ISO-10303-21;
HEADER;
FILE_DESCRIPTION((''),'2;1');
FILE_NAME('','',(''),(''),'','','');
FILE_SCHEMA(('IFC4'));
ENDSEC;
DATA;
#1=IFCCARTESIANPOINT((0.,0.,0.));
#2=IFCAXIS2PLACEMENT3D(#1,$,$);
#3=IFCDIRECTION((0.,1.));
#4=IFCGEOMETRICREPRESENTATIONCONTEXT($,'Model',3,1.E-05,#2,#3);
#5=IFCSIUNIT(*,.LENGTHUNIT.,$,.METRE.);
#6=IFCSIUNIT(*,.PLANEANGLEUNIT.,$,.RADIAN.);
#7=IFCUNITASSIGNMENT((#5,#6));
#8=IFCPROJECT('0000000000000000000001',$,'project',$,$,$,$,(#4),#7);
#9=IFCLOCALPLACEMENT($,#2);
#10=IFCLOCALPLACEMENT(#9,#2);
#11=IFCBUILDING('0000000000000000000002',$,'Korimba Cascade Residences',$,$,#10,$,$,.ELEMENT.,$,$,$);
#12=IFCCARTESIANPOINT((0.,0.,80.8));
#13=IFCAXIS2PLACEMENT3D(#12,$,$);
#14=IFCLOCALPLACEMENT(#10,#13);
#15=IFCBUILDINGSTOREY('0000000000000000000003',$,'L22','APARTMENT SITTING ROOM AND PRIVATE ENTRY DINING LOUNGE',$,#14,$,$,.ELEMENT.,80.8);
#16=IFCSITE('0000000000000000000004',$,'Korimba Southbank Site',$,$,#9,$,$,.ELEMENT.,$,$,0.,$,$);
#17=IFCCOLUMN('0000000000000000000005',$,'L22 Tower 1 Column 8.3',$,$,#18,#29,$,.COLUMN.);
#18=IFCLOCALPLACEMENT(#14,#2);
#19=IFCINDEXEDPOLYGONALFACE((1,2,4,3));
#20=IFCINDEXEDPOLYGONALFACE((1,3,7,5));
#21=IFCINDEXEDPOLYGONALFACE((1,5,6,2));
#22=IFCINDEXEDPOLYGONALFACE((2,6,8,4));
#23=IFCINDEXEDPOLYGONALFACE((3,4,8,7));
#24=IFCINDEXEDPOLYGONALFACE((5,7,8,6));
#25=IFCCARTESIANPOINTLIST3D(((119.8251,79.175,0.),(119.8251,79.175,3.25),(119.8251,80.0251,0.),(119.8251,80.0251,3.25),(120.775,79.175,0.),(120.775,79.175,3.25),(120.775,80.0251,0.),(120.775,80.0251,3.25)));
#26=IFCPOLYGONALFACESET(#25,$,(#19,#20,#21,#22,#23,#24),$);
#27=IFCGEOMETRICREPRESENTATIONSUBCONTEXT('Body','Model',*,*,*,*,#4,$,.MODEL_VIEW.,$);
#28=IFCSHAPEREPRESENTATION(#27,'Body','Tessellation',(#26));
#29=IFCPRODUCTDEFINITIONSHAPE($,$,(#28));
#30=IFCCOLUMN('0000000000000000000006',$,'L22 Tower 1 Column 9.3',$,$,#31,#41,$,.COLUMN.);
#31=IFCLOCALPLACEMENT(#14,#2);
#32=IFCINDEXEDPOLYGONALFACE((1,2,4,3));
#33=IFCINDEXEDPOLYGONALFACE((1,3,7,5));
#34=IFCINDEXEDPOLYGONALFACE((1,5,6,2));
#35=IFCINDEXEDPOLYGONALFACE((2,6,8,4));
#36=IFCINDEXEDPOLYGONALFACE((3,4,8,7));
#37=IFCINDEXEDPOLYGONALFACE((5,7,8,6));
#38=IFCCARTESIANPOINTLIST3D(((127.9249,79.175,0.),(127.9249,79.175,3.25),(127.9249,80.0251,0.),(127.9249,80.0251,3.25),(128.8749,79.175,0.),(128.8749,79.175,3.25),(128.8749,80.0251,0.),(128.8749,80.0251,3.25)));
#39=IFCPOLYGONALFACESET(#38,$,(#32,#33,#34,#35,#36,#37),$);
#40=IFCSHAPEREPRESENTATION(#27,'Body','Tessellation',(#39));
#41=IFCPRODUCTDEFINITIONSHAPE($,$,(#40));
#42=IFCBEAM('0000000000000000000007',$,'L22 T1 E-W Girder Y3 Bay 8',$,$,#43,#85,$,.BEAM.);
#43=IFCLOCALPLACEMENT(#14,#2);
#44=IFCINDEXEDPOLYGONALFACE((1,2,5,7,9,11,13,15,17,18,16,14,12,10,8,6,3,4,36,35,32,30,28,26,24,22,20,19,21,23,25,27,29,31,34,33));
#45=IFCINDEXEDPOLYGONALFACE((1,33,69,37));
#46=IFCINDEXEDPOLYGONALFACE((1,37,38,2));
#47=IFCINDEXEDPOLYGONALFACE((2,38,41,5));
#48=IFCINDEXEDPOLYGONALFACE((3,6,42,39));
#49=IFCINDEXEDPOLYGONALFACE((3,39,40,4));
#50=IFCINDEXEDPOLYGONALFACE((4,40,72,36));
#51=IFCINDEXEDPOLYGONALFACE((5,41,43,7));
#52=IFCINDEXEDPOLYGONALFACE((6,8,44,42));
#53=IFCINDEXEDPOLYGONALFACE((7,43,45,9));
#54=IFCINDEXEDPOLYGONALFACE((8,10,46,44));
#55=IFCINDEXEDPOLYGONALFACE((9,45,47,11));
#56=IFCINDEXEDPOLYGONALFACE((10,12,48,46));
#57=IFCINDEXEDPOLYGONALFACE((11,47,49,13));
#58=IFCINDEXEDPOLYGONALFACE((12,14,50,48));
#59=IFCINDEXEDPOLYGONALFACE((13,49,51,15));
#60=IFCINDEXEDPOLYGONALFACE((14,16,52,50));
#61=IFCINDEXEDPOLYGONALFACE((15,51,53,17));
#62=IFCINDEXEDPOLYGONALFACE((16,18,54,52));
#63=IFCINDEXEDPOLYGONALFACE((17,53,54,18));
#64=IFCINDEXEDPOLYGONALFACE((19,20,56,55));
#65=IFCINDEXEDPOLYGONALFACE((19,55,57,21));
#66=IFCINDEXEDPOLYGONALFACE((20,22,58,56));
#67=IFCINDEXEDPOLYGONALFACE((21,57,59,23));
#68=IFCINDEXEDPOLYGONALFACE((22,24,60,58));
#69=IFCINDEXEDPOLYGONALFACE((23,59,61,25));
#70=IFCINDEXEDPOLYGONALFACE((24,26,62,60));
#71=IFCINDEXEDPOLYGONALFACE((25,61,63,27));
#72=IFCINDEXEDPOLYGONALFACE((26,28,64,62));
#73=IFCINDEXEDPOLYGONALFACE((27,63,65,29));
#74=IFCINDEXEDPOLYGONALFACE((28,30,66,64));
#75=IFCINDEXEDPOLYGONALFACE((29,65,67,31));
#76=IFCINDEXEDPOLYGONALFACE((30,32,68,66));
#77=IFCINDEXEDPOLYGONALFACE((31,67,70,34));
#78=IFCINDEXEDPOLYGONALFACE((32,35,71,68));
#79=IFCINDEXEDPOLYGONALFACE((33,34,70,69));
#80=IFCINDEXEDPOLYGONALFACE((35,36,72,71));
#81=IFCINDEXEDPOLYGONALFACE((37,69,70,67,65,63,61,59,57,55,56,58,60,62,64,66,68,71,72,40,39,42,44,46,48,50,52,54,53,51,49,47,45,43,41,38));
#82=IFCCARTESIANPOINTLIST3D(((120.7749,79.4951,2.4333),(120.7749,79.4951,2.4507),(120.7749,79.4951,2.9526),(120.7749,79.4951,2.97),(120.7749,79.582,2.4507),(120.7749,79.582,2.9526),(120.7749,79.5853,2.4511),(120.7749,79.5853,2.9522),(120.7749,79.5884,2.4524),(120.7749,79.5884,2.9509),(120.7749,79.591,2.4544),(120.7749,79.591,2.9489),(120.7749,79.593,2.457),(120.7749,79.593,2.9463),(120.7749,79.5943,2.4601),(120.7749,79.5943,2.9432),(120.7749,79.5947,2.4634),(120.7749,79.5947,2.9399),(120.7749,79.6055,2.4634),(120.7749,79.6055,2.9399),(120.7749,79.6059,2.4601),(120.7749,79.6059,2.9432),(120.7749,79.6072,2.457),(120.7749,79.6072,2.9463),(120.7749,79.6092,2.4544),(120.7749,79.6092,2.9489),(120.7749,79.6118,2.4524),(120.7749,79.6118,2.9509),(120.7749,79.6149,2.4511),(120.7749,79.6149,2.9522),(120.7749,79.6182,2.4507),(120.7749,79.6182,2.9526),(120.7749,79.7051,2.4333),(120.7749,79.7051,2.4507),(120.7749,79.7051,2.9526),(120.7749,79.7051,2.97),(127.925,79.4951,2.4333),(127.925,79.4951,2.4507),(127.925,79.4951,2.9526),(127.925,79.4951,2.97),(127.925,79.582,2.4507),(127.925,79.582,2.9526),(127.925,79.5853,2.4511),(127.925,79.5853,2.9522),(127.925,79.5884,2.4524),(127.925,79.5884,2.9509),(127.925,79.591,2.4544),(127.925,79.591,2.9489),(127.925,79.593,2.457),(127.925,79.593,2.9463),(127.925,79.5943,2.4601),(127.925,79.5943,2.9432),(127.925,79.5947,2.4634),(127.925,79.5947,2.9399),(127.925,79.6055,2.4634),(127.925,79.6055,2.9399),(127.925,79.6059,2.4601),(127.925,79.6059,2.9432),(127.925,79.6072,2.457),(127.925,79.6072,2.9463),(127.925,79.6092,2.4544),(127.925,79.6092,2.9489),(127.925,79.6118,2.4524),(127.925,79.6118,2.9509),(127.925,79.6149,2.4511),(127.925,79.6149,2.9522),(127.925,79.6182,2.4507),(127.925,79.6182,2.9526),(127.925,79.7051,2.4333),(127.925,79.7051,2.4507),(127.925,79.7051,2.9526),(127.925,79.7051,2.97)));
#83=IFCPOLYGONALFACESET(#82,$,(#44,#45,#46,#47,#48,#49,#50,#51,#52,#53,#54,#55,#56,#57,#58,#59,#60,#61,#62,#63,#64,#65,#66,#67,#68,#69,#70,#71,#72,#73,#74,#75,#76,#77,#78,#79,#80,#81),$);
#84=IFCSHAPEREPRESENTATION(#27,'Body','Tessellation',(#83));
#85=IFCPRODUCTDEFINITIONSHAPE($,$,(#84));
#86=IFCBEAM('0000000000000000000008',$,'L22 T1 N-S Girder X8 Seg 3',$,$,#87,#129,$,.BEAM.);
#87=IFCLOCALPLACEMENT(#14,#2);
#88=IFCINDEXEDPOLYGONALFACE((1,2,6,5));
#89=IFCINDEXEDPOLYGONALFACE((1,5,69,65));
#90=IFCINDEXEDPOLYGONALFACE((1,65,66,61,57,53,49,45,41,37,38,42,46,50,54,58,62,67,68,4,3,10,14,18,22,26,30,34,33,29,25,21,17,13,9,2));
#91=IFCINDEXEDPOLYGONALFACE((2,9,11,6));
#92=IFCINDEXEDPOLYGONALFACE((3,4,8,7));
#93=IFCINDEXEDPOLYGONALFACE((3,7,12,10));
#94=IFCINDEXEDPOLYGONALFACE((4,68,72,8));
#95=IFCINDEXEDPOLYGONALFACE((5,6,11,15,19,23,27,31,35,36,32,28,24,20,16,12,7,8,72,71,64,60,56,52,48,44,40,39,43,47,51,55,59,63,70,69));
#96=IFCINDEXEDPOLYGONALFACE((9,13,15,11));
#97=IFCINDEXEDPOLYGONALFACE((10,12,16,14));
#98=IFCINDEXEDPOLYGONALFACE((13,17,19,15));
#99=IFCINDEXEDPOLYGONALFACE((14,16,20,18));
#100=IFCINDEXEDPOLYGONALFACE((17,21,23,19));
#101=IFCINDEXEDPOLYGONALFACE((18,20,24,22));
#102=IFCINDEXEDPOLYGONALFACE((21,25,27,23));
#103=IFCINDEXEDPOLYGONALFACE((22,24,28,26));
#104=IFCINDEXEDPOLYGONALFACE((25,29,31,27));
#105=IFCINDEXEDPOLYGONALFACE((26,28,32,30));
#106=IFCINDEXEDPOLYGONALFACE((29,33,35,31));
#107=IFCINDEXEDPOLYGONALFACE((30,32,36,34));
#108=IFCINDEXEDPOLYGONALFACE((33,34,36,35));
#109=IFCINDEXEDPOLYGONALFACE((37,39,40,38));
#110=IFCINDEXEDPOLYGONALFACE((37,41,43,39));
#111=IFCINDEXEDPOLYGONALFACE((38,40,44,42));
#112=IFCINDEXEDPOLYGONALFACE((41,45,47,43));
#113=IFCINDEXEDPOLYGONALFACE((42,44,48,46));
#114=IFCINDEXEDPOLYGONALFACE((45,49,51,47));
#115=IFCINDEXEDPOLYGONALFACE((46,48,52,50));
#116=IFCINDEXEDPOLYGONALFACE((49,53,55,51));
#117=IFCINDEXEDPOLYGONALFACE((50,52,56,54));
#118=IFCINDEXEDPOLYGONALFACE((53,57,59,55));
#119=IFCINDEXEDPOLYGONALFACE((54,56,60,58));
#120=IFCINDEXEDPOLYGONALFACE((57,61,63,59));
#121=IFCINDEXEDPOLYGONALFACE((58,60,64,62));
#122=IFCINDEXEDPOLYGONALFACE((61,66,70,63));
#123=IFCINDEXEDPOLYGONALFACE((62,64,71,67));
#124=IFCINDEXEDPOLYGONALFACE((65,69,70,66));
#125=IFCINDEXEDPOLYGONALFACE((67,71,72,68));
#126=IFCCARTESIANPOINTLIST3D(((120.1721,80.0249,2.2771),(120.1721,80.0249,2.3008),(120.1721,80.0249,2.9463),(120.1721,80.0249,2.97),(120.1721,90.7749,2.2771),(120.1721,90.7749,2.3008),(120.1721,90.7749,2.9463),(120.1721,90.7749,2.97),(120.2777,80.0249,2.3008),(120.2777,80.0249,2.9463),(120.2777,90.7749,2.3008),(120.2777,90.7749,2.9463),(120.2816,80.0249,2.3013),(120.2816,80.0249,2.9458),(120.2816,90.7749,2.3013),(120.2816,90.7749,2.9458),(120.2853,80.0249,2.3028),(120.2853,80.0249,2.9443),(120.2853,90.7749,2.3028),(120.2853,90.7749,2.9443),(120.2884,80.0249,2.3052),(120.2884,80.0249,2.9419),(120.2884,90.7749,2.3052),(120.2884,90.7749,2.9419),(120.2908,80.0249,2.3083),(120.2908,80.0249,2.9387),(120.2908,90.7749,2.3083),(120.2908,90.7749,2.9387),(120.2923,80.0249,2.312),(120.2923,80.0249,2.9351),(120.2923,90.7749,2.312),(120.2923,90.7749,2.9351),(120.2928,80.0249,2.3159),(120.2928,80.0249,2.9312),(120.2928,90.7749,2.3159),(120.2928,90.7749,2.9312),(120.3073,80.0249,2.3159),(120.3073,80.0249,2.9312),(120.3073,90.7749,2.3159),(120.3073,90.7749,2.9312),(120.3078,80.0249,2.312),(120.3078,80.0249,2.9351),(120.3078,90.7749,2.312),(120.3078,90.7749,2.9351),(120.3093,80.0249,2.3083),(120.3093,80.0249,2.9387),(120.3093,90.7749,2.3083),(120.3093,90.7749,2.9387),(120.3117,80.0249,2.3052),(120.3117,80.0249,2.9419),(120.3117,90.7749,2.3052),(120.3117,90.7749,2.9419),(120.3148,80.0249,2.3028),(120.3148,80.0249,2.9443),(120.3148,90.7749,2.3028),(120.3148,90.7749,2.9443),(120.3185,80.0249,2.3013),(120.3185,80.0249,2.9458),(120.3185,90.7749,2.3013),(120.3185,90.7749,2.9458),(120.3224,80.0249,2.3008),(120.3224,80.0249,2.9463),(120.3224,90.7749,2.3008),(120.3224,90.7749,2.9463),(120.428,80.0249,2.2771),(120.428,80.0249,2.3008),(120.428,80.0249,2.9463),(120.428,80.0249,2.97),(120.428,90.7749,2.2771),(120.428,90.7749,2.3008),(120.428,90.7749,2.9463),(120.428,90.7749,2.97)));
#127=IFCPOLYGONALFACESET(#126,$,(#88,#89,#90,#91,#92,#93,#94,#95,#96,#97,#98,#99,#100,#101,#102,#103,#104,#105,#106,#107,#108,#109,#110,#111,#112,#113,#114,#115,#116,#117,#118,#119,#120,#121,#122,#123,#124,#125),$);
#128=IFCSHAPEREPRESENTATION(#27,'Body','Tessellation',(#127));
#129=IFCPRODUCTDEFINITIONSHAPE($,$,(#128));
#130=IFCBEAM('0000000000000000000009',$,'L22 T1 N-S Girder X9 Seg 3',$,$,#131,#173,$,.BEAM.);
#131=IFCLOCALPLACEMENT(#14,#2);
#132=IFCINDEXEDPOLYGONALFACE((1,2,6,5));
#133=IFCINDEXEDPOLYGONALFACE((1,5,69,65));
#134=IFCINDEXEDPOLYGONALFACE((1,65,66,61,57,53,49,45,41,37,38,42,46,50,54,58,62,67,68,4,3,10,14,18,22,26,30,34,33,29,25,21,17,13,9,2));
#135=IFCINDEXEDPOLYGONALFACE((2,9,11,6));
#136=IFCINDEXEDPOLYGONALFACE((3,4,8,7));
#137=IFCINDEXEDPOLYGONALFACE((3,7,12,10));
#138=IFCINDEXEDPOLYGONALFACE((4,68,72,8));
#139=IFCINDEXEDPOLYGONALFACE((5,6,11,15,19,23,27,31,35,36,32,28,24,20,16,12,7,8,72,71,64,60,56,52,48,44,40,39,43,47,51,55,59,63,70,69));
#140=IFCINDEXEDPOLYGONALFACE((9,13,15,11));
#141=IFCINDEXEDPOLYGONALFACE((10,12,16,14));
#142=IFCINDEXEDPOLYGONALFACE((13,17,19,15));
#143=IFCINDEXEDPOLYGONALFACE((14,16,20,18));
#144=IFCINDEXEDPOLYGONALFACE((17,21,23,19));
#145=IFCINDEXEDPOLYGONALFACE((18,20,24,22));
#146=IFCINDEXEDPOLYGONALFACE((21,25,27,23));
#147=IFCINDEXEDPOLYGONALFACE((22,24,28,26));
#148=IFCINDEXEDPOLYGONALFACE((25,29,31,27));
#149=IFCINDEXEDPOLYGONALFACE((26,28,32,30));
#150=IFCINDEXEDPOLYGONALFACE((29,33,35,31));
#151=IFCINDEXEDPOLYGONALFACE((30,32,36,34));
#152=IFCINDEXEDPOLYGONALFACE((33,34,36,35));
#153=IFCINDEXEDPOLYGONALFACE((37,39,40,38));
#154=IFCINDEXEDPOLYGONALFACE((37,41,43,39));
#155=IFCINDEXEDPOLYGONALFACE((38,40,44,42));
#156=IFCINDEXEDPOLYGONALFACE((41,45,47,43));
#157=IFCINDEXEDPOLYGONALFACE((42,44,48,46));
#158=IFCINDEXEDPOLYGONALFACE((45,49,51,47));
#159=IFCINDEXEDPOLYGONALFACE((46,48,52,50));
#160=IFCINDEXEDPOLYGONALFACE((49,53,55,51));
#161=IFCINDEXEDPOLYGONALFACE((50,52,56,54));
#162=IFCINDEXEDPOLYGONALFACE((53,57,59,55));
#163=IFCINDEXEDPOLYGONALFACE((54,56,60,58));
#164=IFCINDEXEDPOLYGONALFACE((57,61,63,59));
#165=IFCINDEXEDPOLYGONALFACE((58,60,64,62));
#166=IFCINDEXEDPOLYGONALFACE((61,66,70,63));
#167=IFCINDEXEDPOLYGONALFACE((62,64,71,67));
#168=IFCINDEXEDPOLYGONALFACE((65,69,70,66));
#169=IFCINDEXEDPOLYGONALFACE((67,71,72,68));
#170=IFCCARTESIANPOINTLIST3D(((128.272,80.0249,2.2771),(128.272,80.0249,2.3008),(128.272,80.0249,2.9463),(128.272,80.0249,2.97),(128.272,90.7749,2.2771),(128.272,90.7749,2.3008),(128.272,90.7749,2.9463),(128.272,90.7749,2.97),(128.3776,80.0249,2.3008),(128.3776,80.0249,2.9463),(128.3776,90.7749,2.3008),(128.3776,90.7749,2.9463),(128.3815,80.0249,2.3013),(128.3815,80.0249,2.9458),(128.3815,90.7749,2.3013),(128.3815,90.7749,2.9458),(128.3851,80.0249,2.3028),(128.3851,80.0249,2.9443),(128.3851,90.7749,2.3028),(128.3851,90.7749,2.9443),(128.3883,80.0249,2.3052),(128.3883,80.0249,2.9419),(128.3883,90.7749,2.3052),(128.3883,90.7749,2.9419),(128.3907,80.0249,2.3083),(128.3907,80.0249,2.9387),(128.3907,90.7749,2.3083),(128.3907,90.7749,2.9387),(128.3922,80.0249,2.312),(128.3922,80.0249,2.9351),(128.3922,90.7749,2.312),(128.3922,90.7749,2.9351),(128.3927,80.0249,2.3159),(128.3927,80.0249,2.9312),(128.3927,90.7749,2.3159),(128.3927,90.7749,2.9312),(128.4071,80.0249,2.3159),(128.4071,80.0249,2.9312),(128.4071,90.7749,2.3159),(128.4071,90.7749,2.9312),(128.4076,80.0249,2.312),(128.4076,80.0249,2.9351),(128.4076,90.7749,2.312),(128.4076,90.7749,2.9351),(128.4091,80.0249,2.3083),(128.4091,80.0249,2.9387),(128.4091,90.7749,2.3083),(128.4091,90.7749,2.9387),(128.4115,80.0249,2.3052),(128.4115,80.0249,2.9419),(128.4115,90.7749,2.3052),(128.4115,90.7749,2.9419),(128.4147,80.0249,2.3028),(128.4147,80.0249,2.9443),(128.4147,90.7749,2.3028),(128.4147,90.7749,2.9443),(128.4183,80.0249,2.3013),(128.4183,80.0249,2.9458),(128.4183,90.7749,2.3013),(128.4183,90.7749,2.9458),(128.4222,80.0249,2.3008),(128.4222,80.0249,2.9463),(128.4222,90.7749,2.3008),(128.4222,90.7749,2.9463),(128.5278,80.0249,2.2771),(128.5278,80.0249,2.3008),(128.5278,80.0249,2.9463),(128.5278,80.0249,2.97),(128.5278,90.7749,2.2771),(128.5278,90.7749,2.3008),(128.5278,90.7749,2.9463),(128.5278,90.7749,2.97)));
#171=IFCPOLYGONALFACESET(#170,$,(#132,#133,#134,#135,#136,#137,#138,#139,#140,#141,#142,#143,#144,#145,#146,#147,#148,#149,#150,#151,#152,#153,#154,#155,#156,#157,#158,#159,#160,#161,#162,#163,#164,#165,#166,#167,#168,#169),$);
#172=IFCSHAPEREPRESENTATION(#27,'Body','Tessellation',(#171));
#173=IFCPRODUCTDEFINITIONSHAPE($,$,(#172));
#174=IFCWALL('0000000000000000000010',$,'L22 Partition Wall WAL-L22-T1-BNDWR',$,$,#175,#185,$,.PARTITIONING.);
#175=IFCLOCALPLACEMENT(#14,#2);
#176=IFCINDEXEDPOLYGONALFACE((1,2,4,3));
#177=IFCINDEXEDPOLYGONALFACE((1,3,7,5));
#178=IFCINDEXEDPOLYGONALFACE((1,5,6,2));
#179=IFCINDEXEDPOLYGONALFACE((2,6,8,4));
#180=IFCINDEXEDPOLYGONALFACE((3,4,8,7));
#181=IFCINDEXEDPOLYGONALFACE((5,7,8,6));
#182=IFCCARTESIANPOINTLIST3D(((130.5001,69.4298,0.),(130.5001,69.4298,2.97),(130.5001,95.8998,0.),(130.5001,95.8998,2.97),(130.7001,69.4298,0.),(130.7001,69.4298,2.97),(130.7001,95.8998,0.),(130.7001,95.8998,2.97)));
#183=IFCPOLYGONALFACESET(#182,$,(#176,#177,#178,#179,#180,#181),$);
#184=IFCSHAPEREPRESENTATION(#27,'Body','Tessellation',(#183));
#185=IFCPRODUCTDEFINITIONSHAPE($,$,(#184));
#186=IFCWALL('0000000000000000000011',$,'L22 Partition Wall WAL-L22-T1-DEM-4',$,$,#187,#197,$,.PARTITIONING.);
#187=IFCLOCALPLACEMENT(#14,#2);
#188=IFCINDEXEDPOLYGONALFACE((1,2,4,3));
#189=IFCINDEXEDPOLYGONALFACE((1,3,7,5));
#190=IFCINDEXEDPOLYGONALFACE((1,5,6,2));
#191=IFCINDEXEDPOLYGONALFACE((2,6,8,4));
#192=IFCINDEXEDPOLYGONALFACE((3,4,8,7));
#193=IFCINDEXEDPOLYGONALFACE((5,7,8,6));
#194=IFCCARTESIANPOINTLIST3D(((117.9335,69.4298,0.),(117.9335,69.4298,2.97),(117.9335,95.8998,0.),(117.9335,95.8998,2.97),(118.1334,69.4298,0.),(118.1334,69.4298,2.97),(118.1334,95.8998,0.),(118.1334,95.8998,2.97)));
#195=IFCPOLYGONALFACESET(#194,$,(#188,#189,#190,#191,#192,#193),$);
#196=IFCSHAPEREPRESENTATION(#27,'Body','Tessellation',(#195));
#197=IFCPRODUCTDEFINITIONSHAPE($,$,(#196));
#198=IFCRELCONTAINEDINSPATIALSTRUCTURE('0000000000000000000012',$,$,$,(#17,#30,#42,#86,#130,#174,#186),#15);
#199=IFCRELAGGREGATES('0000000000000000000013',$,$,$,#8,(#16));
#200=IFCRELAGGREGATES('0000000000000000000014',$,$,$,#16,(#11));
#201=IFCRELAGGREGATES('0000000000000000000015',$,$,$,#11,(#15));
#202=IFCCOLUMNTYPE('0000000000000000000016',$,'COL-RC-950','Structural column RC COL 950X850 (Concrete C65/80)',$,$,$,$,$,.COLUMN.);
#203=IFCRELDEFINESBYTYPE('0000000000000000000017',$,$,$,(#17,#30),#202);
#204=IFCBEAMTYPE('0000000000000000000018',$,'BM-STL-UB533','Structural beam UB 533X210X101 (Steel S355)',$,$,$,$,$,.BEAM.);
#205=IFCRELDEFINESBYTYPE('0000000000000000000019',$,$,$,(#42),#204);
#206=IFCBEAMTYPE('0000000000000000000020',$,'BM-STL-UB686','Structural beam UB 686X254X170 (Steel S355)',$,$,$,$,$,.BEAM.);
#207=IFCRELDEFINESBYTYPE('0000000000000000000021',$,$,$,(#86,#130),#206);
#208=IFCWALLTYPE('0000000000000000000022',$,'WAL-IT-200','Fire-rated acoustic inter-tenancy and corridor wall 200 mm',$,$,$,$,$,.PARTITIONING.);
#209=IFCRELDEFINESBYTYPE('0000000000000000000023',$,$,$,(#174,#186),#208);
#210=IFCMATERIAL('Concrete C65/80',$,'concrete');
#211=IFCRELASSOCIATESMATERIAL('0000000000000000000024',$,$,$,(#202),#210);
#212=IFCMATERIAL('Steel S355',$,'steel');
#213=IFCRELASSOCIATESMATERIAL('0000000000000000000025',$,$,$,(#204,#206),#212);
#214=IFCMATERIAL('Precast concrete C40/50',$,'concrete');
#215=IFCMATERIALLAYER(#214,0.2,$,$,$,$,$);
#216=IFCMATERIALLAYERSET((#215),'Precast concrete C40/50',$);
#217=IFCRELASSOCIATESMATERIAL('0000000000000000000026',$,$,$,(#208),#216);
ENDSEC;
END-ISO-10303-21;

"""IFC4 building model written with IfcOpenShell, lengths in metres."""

from ifc_helpers import new_model, si_unit, direction, frame, frame_2d, origin, origin_2d, place, context, subcontext, project, spatial, rectangle, i_section, extrude, material, layer, layer_set, material_profile, profile_set, type_object, element, save


model = new_model("IFC4")

# Units and contexts
model_context = context("Model", 3, precision=1e-05, world=origin(), true_north=direction((0.0, 1.0)))
body_context = subcontext(model_context, "Body", "Model", "MODEL_VIEW")
ifc_project = project(units=[si_unit("LENGTHUNIT", "METRE"), si_unit("PLANEANGLEUNIT", "RADIAN")], contexts=[model_context])

# Site, building, storey
site_placement = place(None, origin())
site = spatial("IfcSite", under=ifc_project, at=site_placement, Name="Korimba Southbank Site", CompositionType="ELEMENT", RefElevation=0.0)
building_placement = place(site_placement, origin())
building = spatial("IfcBuilding", under=site, at=building_placement, Name="Korimba Cascade Residences", CompositionType="ELEMENT")
storey_placement = place(building_placement, frame((0.0, 0.0, 80.8)))
storey = spatial("IfcBuildingStorey", under=building, at=storey_placement, Name="L22", Description="APARTMENT SITTING ROOM AND PRIVATE ENTRY DINING LOUNGE", CompositionType="ELEMENT", Elevation=80.8)

# Columns
ifc_material_1 = material(Name="Concrete C65/80", Category="concrete")
ifc_material_profile_1 = material_profile(ifc_material_1, rectangle(XDim=0.95, YDim=0.8501, at=origin_2d()), Name="Concrete C65/80")
ifc_profile_set_1 = profile_set([ifc_material_profile_1], Name="Concrete C65/80")
column_type = type_object("IfcColumnType", Name="COL-RC-950", Description="Structural column RC COL 950X850 (Concrete C65/80)", PredefinedType="COLUMN", material=ifc_profile_set_1)
for number, where, z_axis, x_axis, name in (
    (1, (120.3, 79.6001, 0.0), (0.0, 0.0, 1.0), (1.0, 0.0, 0.0), "L22 Tower 1 Column 8.3"),
    (2, (128.3999, 79.6001, 0.0), (0.0, 0.0, 1.0), (1.0, 0.0, 0.0), "L22 Tower 1 Column 9.3"),
):
    element("IfcColumn", number, at=place(storey_placement, frame(where, z_axis=z_axis, x_axis=x_axis)), inside=storey, type_object=column_type, Name=name, PredefinedType="COLUMN", context=body_context, shape_type="SweptSolid", body=[
        extrude(rectangle(XDim=0.95, YDim=0.8501, at=origin_2d()), origin(), (0.0, 0.0, 1.0), 3.25),
    ])

# Beams
ifc_material_2 = material(Name="Steel S355", Category="steel")
ifc_material_profile_2 = material_profile(ifc_material_2, i_section(OverallWidth=0.21, OverallDepth=0.5366, WebThickness=0.0107, FlangeThickness=0.0173, FilletRadius=0.0127, at=origin_2d()), Name="Steel S355")
ifc_profile_set_2 = profile_set([ifc_material_profile_2], Name="Steel S355")
beam_type_1 = type_object("IfcBeamType", Name="BM-STL-UB533", Description="Structural beam UB 533X210X101 (Steel S355)", PredefinedType="BEAM", material=ifc_profile_set_2)
beam_placement = place(storey_placement, frame((120.7749, 79.6001, 2.7017), z_axis=(1.0, 0.0, 0.0), x_axis=(0.0, 1.0, 0.0)))
element("IfcBeam", 3, at=beam_placement, inside=storey, type_object=beam_type_1, Name="L22 T1 E-W Girder Y3 Bay 8", PredefinedType="BEAM", context=body_context, shape_type="SweptSolid", body=[
    extrude(i_section(OverallWidth=0.21, OverallDepth=0.5366, WebThickness=0.0107, FlangeThickness=0.0173, FilletRadius=0.0127, at=origin_2d()), origin(), (0.0, 0.0, 1.0), 7.1501),
])
ifc_material_profile_3 = material_profile(ifc_material_2, i_section(OverallWidth=0.2559, OverallDepth=0.6929, WebThickness=0.0144, FlangeThickness=0.0237, FilletRadius=0.0151, at=origin_2d()), Name="Steel S355")
ifc_profile_set_3 = profile_set([ifc_material_profile_3], Name="Steel S355")
beam_type_2 = type_object("IfcBeamType", Name="BM-STL-UB686", Description="Structural beam UB 686X254X170 (Steel S355)", PredefinedType="BEAM", material=ifc_profile_set_3)
for number, where, z_axis, x_axis, name in (
    (4, (120.3, 80.0249, 2.6235), (0.0, 1.0, 0.0), (-1.0, 0.0, 0.0), "L22 T1 N-S Girder X8 Seg 3"),
    (5, (128.3999, 80.0249, 2.6235), (0.0, 1.0, 0.0), (-1.0, 0.0, 0.0), "L22 T1 N-S Girder X9 Seg 3"),
):
    element("IfcBeam", number, at=place(storey_placement, frame(where, z_axis=z_axis, x_axis=x_axis)), inside=storey, type_object=beam_type_2, Name=name, PredefinedType="BEAM", context=body_context, shape_type="SweptSolid", body=[
        extrude(i_section(OverallWidth=0.2559, OverallDepth=0.6929, WebThickness=0.0144, FlangeThickness=0.0237, FilletRadius=0.0151, at=origin_2d()), origin(), (0.0, 0.0, 1.0), 10.75),
    ])

# Walls
ifc_material_3 = material(Name="Precast concrete C40/50", Category="concrete")
ifc_layer_1 = layer(ifc_material_3, 0.2)
ifc_layer_set_1 = layer_set([ifc_layer_1], Name="Precast concrete C40/50")
wall_type_1 = type_object("IfcWallType", Name="WAL-IT-200", Description="Fire-rated acoustic inter-tenancy and corridor wall 200 mm", PredefinedType="PARTITIONING", material=ifc_layer_set_1)
for number, where, z_axis, x_axis, name in (
    (6, (130.6001, 69.4299, 0.0), (0.0, 0.0, 1.0), (0.0, 1.0, 0.0), "L22 Partition Wall WAL-L22-T1-BNDWR"),
    (7, (118.0334, 69.4299, 0.0), (0.0, 0.0, 1.0), (0.0, 1.0, 0.0), "L22 Partition Wall WAL-L22-T1-DEM-4"),
):
    element("IfcWall", number, at=place(storey_placement, frame(where, z_axis=z_axis, x_axis=x_axis)), inside=storey, type_object=wall_type_1, Name=name, PredefinedType="PARTITIONING", context=body_context, shape_type="SweptSolid", body=[
        extrude(rectangle(XDim=26.47, YDim=0.2, at=frame_2d((13.2349, 0.0))), origin(), (0.0, 0.0, 1.0), 2.97),
    ])

save(model, "model.ifc")
